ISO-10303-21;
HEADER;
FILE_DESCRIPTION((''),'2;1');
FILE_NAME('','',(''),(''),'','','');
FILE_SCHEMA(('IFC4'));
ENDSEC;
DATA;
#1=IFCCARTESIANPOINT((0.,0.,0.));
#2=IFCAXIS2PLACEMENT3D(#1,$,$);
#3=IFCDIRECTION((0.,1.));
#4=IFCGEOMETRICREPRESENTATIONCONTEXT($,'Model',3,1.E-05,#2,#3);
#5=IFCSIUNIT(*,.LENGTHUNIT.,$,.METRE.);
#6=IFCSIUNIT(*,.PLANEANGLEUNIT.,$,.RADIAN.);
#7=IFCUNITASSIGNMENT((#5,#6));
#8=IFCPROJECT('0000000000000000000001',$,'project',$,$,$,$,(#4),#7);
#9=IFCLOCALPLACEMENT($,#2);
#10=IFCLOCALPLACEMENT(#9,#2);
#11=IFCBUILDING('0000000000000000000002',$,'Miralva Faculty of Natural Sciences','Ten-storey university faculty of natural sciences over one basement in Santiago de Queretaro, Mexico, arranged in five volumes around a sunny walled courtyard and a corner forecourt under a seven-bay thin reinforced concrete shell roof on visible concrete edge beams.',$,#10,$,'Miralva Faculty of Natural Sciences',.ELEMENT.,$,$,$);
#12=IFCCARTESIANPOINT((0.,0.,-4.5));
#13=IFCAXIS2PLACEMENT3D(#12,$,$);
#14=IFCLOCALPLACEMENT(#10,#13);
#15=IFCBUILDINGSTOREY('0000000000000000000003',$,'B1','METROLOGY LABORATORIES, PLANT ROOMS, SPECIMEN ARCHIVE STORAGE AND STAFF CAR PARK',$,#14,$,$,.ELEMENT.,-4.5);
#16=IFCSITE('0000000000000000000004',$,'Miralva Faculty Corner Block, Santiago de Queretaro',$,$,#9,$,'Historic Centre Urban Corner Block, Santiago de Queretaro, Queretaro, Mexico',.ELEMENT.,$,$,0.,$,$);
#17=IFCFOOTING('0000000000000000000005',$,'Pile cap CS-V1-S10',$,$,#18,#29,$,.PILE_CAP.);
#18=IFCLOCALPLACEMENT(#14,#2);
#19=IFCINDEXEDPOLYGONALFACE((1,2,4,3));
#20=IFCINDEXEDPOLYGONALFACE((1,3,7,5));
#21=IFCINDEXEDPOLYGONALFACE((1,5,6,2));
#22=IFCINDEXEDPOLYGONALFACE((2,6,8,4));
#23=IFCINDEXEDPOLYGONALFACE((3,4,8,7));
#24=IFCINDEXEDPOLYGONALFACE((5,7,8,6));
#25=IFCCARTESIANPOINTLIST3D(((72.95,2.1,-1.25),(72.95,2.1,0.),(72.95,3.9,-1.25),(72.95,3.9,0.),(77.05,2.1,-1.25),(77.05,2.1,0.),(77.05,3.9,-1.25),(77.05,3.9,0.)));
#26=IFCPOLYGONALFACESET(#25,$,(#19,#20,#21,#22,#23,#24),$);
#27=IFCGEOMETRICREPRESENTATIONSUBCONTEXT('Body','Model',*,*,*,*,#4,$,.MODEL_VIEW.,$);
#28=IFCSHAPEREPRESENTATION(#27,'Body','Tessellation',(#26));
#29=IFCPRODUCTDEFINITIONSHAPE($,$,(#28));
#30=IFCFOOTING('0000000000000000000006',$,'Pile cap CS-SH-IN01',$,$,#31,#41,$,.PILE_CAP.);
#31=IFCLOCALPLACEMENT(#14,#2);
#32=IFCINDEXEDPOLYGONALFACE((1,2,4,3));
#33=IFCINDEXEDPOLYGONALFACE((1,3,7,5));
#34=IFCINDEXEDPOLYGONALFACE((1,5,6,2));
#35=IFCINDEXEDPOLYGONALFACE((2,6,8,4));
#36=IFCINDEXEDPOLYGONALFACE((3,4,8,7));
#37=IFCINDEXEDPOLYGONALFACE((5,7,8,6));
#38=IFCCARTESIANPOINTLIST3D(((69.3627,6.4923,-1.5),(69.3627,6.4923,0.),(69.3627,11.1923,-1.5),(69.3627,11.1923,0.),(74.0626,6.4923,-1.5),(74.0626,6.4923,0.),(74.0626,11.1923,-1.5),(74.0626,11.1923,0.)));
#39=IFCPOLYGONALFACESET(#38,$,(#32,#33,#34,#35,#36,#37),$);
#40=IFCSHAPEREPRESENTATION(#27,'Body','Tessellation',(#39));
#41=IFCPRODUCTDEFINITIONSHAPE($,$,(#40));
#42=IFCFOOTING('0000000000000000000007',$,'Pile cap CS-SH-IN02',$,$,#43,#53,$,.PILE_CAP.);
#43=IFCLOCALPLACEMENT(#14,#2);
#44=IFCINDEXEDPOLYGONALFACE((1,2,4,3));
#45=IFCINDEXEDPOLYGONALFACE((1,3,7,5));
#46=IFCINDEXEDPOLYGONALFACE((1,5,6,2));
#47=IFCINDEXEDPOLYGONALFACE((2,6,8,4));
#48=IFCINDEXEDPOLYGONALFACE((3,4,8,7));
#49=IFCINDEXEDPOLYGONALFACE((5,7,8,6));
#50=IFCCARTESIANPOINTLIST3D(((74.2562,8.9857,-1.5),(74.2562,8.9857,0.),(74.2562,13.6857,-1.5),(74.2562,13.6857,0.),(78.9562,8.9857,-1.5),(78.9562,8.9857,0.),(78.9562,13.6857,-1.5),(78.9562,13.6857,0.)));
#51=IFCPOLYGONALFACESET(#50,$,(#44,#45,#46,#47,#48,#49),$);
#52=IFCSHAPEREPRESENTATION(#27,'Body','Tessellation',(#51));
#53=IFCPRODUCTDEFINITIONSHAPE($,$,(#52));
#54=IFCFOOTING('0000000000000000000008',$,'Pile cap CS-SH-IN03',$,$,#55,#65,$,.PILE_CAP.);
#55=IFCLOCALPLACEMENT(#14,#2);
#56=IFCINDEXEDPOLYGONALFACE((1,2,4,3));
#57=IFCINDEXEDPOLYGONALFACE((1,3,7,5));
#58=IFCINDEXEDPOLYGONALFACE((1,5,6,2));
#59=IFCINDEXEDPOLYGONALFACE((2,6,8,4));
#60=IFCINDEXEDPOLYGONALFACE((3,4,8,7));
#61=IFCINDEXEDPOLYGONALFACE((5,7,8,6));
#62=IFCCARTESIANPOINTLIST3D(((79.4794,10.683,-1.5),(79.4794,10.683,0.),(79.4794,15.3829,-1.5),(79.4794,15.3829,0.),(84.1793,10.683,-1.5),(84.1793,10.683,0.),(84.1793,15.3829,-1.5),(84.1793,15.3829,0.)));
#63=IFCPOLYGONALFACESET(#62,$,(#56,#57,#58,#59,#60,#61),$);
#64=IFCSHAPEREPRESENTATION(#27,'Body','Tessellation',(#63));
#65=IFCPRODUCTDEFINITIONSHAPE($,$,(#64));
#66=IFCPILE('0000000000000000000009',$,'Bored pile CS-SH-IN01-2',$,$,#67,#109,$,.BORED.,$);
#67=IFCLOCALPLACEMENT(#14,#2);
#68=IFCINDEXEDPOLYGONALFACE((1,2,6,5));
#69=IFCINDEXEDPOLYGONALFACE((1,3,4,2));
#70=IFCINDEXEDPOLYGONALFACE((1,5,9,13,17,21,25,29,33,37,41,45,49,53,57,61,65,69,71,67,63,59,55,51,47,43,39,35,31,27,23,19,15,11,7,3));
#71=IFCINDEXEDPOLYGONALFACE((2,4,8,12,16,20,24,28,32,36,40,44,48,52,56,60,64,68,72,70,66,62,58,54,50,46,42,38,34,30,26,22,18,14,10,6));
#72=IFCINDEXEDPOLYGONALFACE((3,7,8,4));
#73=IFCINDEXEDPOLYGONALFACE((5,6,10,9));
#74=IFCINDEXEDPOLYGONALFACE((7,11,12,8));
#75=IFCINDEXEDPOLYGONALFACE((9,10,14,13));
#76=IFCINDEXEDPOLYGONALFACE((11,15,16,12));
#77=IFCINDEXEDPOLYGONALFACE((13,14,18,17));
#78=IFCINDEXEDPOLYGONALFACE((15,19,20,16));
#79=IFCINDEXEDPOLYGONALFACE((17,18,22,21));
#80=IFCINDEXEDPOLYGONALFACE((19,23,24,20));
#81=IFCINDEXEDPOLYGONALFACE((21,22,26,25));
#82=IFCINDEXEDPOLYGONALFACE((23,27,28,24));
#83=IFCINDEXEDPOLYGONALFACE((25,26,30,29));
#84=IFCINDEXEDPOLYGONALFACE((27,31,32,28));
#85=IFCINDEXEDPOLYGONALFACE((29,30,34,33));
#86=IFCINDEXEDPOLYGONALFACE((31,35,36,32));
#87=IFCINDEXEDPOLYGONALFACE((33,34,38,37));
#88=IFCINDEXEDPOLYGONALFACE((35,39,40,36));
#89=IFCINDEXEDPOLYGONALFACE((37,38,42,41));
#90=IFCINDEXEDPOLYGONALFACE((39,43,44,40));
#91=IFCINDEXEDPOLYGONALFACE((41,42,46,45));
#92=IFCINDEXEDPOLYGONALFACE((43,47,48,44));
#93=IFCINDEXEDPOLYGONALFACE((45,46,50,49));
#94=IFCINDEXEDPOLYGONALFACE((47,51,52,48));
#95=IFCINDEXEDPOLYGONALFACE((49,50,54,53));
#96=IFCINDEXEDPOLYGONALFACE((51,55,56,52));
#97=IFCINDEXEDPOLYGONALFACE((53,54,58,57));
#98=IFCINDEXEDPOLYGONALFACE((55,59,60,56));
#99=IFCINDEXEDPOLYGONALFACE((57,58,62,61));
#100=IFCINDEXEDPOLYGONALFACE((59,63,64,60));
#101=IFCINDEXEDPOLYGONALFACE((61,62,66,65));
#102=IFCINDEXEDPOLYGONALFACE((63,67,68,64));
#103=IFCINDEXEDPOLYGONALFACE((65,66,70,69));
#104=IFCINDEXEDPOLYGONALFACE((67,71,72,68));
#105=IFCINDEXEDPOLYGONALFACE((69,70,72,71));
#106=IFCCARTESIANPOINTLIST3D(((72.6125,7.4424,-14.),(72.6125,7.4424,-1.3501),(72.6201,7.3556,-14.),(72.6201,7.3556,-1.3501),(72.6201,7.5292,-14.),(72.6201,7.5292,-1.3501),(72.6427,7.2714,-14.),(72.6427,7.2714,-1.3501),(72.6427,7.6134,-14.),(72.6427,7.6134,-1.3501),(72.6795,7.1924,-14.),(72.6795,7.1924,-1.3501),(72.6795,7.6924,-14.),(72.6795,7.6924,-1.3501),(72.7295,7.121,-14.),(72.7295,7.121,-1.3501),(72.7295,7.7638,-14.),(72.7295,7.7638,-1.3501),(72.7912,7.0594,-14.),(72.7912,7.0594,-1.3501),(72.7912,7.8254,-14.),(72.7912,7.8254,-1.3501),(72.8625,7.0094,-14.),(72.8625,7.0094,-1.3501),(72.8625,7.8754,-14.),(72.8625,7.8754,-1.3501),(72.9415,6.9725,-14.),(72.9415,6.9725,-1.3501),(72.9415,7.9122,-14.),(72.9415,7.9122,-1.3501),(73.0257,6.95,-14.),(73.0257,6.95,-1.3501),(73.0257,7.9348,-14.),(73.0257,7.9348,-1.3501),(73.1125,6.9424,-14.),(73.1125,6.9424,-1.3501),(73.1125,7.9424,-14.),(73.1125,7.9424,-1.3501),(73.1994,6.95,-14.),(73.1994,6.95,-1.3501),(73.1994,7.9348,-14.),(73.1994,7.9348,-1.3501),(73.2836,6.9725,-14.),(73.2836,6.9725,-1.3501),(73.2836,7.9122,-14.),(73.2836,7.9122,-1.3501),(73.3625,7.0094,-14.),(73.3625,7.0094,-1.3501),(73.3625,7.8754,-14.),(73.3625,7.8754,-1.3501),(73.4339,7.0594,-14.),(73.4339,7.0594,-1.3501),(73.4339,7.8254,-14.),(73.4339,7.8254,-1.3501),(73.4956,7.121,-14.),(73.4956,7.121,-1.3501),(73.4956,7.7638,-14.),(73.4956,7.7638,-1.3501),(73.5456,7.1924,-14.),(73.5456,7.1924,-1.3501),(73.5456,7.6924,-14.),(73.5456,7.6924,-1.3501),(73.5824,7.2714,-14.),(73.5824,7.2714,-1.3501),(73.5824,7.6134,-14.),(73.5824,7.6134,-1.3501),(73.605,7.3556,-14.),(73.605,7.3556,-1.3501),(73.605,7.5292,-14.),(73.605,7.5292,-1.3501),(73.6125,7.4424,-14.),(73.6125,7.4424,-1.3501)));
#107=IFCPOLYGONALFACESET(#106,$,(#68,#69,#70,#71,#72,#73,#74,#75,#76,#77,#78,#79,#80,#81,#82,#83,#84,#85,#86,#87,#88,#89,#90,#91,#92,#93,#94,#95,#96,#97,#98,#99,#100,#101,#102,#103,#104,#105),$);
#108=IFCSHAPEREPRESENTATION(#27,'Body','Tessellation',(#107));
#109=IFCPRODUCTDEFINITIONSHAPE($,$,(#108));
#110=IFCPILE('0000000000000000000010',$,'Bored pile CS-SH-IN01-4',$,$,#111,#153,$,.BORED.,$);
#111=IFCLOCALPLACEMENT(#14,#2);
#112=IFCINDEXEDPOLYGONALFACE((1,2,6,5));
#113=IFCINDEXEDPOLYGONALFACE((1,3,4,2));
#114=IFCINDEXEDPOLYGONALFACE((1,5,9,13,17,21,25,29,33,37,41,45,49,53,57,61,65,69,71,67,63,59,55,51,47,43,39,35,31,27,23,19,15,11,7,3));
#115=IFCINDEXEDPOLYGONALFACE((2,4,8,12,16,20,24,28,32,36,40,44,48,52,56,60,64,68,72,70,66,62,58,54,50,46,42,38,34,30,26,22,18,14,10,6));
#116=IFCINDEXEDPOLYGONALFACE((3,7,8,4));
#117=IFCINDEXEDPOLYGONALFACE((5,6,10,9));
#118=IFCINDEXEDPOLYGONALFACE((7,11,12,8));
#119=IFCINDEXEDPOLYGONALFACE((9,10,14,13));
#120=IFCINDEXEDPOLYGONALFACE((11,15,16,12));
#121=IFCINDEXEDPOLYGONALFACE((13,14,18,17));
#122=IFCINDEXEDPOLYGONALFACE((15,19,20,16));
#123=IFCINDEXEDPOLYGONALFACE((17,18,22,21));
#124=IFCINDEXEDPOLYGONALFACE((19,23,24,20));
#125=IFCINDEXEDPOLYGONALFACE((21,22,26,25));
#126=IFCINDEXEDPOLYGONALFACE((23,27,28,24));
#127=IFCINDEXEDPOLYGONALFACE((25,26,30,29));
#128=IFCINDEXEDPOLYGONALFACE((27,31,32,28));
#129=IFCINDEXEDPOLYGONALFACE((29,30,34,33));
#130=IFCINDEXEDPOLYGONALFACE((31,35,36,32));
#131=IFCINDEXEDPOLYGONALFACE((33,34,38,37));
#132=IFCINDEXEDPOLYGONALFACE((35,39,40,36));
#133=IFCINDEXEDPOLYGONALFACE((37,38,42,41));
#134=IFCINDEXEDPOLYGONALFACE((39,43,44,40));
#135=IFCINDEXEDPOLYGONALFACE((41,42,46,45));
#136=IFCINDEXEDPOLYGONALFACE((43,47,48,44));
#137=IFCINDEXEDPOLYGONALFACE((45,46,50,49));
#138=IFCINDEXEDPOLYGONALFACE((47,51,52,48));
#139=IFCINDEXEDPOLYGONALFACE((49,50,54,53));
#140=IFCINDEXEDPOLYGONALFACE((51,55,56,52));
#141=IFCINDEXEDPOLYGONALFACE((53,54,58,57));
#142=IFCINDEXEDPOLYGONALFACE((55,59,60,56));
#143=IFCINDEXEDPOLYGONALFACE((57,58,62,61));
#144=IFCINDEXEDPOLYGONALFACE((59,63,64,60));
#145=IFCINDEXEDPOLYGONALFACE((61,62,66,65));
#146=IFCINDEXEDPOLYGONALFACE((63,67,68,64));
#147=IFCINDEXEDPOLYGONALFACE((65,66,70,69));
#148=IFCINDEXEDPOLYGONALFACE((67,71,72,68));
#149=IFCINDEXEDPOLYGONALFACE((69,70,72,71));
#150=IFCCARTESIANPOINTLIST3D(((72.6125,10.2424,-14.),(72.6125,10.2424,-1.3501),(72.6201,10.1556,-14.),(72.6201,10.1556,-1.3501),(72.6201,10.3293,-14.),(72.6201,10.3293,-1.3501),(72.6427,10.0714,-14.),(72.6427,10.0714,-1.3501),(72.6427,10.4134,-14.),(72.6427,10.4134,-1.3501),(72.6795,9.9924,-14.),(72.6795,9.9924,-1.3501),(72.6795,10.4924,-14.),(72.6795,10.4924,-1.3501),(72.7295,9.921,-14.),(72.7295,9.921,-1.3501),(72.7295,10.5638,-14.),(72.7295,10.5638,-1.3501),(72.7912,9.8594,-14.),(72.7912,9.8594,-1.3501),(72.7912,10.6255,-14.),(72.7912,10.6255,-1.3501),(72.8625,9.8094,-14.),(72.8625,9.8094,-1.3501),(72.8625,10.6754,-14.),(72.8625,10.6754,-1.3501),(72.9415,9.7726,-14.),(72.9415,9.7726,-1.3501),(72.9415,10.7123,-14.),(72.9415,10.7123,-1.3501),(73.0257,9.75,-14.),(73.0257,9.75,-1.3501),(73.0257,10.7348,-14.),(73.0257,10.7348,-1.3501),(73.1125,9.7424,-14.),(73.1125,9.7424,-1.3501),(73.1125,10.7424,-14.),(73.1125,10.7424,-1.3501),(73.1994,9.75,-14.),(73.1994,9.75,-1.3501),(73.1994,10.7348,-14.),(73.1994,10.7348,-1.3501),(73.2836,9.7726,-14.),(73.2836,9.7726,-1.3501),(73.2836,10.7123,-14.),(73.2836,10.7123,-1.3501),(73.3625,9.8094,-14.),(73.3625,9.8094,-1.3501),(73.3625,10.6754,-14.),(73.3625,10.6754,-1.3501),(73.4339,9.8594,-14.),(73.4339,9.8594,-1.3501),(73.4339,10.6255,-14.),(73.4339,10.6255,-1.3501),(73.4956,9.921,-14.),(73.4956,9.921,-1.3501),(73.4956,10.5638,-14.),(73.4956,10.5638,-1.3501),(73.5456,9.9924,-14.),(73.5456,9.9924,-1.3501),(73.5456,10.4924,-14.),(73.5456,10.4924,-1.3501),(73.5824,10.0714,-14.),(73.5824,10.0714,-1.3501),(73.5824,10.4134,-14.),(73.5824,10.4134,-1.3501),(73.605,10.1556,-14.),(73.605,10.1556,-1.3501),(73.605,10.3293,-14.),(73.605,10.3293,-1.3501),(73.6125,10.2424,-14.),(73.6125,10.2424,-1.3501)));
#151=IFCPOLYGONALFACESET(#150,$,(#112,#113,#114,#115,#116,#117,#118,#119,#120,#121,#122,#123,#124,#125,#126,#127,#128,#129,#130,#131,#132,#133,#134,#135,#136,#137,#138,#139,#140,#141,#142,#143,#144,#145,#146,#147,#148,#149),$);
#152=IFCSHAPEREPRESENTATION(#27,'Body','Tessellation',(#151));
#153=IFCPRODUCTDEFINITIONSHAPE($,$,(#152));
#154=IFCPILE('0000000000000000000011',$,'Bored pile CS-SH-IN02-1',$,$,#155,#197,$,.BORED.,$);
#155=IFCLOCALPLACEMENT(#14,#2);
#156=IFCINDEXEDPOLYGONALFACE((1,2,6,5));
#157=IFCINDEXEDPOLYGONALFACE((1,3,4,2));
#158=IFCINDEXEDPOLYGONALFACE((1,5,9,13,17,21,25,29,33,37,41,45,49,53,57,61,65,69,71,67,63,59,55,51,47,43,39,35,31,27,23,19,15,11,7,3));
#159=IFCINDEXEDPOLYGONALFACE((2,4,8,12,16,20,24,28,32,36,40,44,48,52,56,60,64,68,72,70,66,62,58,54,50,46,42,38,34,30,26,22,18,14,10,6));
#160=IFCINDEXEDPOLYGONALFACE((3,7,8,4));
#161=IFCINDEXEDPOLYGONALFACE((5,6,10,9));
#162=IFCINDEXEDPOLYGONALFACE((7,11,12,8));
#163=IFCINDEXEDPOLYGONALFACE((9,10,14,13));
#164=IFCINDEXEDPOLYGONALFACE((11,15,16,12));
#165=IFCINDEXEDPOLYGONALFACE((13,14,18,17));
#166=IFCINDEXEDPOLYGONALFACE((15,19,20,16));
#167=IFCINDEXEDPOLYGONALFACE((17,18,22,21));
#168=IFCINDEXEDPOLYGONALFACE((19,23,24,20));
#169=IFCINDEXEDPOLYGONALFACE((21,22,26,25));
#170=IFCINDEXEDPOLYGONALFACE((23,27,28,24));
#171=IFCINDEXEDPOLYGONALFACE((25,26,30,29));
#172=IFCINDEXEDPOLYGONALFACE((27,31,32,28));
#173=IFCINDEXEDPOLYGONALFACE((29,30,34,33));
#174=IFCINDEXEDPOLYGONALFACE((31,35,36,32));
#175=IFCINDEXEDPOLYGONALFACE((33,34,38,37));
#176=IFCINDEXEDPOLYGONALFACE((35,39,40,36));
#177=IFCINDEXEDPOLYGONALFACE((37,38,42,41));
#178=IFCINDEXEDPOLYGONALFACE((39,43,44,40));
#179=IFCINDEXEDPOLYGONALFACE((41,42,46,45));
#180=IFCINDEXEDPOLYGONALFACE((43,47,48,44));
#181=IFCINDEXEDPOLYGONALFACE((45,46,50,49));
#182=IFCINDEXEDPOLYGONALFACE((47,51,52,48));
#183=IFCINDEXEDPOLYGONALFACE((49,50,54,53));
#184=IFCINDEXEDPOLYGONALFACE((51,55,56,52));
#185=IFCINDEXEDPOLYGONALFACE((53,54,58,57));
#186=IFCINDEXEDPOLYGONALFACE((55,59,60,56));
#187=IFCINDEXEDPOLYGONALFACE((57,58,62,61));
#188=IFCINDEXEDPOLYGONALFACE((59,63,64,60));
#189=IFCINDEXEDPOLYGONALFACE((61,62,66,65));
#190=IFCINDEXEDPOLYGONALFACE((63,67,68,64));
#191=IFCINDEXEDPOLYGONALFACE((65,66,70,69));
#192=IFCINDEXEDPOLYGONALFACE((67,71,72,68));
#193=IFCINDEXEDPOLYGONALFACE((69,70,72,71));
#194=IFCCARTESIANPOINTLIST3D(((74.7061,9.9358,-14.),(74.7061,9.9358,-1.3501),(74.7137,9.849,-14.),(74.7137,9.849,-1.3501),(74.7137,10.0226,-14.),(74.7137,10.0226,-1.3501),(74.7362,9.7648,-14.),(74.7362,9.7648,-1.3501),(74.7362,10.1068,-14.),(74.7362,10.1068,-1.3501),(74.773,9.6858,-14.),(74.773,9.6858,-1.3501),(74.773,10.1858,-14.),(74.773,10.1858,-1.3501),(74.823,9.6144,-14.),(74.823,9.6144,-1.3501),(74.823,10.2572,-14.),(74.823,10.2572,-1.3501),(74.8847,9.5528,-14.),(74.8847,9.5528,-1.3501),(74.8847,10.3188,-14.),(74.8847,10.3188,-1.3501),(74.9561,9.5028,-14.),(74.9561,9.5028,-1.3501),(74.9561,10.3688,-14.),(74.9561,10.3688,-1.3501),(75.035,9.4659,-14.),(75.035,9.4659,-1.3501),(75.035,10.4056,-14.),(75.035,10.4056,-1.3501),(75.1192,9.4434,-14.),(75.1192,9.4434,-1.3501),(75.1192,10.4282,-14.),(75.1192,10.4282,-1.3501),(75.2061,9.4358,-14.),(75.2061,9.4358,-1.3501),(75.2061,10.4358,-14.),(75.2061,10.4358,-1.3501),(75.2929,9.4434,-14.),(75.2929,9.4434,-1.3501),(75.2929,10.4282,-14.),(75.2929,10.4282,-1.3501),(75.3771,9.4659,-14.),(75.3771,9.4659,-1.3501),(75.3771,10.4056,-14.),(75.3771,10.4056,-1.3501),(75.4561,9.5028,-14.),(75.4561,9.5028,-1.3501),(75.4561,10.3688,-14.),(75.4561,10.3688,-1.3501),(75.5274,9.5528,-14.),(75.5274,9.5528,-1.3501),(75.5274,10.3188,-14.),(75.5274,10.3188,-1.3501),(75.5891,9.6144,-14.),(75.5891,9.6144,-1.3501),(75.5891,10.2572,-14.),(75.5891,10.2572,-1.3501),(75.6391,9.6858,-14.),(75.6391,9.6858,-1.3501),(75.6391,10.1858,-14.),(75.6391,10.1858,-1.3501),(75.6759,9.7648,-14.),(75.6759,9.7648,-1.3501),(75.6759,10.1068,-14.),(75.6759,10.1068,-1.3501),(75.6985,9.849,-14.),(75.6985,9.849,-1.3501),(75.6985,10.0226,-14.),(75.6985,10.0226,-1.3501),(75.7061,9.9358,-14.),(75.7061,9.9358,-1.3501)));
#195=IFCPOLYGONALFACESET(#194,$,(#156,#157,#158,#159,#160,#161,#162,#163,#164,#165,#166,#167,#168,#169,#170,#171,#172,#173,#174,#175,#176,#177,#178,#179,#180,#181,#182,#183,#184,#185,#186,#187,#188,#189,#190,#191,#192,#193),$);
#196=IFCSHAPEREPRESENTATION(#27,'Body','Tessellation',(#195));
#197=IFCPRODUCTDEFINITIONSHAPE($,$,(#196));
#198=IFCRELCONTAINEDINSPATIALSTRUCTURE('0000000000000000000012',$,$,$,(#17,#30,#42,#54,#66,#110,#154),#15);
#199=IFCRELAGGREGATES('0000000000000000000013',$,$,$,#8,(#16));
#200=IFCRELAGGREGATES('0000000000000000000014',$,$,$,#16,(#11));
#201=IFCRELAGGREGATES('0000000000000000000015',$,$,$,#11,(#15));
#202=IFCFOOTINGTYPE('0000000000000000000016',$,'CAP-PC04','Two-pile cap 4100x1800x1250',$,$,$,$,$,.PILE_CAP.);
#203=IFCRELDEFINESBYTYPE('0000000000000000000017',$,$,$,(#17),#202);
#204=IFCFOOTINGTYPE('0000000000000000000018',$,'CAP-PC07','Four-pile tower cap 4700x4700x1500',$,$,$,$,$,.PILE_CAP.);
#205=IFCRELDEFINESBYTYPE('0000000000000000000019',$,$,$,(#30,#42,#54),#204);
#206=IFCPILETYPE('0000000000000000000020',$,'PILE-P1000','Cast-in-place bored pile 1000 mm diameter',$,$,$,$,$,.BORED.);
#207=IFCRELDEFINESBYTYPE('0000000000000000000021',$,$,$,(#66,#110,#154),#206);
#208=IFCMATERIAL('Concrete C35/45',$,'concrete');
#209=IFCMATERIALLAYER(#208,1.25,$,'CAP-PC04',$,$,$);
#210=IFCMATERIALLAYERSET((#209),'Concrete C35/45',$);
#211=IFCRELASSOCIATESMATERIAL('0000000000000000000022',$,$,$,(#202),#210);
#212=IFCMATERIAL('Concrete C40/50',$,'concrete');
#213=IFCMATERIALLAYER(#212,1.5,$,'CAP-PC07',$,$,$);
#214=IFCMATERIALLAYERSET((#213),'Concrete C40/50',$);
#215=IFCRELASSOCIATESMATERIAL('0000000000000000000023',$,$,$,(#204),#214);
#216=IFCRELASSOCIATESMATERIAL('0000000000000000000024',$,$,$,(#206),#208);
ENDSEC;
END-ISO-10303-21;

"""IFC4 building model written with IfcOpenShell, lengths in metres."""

from ifc_helpers import new_model, si_unit, direction, frame, origin, origin_2d, place, context, subcontext, project, spatial, rectangle, circle, extrude, material, layer, layer_set, material_profile, profile_set, type_object, element, save


model = new_model("IFC4")

# Units and contexts
model_context = context("Model", 3, precision=1e-05, world=origin(), true_north=direction((0.0, 1.0)))
body_context = subcontext(model_context, "Body", "Model", "MODEL_VIEW")
ifc_project = project(units=[si_unit("LENGTHUNIT", "METRE"), si_unit("PLANEANGLEUNIT", "RADIAN")], contexts=[model_context])

# Site, building, storey
site_placement = place(None, origin())
site = spatial("IfcSite", under=ifc_project, at=site_placement, Name="Miralva Faculty Corner Block, Santiago de Queretaro", LongName="Historic Centre Urban Corner Block, Santiago de Queretaro, Queretaro, Mexico", CompositionType="ELEMENT", RefElevation=0.0)
building_placement = place(site_placement, origin())
building = spatial("IfcBuilding", under=site, at=building_placement, Name="Miralva Faculty of Natural Sciences", Description="Ten-storey university faculty of natural sciences over one basement in Santiago de Queretaro, Mexico, arranged in five volumes around a sunny walled courtyard and a corner forecourt under a seven-bay thin reinforced concrete shell roof on visible concrete edge beams.", LongName="Miralva Faculty of Natural Sciences", CompositionType="ELEMENT")
storey_placement = place(building_placement, frame((0.0, 0.0, -4.5)))
storey = spatial("IfcBuildingStorey", under=building, at=storey_placement, Name="B1", Description="METROLOGY LABORATORIES, PLANT ROOMS, SPECIMEN ARCHIVE STORAGE AND STAFF CAR PARK", CompositionType="ELEMENT", Elevation=-4.5)

# Footings
ifc_material_1 = material(Name="Concrete C35/45", Category="concrete")
ifc_layer_1 = layer(ifc_material_1, 1.25, Name="CAP-PC04")
ifc_layer_set_1 = layer_set([ifc_layer_1], Name="Concrete C35/45")
footing_type_1 = type_object("IfcFootingType", Name="CAP-PC04", Description="Two-pile cap 4100x1800x1250", PredefinedType="PILE_CAP", material=ifc_layer_set_1)
footing_1_placement = place(storey_placement, frame((75.0, 3.0, -1.25), z_axis=(0.0, 0.0, 1.0), x_axis=(1.0, 0.0, 0.0)))
element("IfcFooting", 1, at=footing_1_placement, inside=storey, type_object=footing_type_1, Name="Pile cap CS-V1-S10", PredefinedType="PILE_CAP", context=body_context, shape_type="SweptSolid", body=[
    extrude(rectangle(XDim=4.1001, YDim=1.8, at=origin_2d()), origin(), (0.0, 0.0, 1.0), 1.25),
])
ifc_material_2 = material(Name="Concrete C40/50", Category="concrete")
ifc_layer_2 = layer(ifc_material_2, 1.5, Name="CAP-PC07")
ifc_layer_set_2 = layer_set([ifc_layer_2], Name="Concrete C40/50")
footing_type_2 = type_object("IfcFootingType", Name="CAP-PC07", Description="Four-pile tower cap 4700x4700x1500", PredefinedType="PILE_CAP", material=ifc_layer_set_2)
for number, where, z_axis, x_axis, name in (
    (2, (71.7126, 8.8423, -1.5), (0.0, 0.0, 1.0), (1.0, 0.0, 0.0), "Pile cap CS-SH-IN01"),
    (3, (76.6062, 11.3357, -1.5), (0.0, 0.0, 1.0), (1.0, 0.0, 0.0), "Pile cap CS-SH-IN02"),
    (4, (81.8293, 13.033, -1.5), (0.0, 0.0, 1.0), (1.0, 0.0, 0.0), "Pile cap CS-SH-IN03"),
):
    element("IfcFooting", number, at=place(storey_placement, frame(where, z_axis=z_axis, x_axis=x_axis)), inside=storey, type_object=footing_type_2, Name=name, PredefinedType="PILE_CAP", context=body_context, shape_type="SweptSolid", body=[
        extrude(rectangle(XDim=4.7, YDim=4.7, at=origin_2d()), origin(), (0.0, 0.0, 1.0), 1.5),
    ])

# Piles
ifc_material_profile_1 = material_profile(ifc_material_1, circle(Radius=0.5, at=origin_2d()), Name="BORED PILE 1000")
ifc_profile_set_1 = profile_set([ifc_material_profile_1], Name="Concrete C35/45")
pile_type = type_object("IfcPileType", Name="PILE-P1000", Description="Cast-in-place bored pile 1000 mm diameter", PredefinedType="BORED", material=ifc_profile_set_1)
for number, where, z_axis, x_axis, name in (
    (5, (73.1125, 7.4424, -1.3501), (0.0, 0.0, -1.0), (1.0, 0.0, 0.0), "Bored pile CS-SH-IN01-2"),
    (6, (73.1125, 10.2424, -1.3501), (0.0, 0.0, -1.0), (1.0, 0.0, 0.0), "Bored pile CS-SH-IN01-4"),
    (7, (75.2061, 9.9358, -1.3501), (0.0, 0.0, -1.0), (1.0, 0.0, 0.0), "Bored pile CS-SH-IN02-1"),
):
    element("IfcPile", number, at=place(storey_placement, frame(where, z_axis=z_axis, x_axis=x_axis)), inside=storey, type_object=pile_type, Name=name, PredefinedType="BORED", context=body_context, shape_type="SweptSolid", body=[
        extrude(circle(Radius=0.5, at=origin_2d()), origin(), (0.0, 0.0, 1.0), 12.6499),
    ])

save(model, "model.ifc")
